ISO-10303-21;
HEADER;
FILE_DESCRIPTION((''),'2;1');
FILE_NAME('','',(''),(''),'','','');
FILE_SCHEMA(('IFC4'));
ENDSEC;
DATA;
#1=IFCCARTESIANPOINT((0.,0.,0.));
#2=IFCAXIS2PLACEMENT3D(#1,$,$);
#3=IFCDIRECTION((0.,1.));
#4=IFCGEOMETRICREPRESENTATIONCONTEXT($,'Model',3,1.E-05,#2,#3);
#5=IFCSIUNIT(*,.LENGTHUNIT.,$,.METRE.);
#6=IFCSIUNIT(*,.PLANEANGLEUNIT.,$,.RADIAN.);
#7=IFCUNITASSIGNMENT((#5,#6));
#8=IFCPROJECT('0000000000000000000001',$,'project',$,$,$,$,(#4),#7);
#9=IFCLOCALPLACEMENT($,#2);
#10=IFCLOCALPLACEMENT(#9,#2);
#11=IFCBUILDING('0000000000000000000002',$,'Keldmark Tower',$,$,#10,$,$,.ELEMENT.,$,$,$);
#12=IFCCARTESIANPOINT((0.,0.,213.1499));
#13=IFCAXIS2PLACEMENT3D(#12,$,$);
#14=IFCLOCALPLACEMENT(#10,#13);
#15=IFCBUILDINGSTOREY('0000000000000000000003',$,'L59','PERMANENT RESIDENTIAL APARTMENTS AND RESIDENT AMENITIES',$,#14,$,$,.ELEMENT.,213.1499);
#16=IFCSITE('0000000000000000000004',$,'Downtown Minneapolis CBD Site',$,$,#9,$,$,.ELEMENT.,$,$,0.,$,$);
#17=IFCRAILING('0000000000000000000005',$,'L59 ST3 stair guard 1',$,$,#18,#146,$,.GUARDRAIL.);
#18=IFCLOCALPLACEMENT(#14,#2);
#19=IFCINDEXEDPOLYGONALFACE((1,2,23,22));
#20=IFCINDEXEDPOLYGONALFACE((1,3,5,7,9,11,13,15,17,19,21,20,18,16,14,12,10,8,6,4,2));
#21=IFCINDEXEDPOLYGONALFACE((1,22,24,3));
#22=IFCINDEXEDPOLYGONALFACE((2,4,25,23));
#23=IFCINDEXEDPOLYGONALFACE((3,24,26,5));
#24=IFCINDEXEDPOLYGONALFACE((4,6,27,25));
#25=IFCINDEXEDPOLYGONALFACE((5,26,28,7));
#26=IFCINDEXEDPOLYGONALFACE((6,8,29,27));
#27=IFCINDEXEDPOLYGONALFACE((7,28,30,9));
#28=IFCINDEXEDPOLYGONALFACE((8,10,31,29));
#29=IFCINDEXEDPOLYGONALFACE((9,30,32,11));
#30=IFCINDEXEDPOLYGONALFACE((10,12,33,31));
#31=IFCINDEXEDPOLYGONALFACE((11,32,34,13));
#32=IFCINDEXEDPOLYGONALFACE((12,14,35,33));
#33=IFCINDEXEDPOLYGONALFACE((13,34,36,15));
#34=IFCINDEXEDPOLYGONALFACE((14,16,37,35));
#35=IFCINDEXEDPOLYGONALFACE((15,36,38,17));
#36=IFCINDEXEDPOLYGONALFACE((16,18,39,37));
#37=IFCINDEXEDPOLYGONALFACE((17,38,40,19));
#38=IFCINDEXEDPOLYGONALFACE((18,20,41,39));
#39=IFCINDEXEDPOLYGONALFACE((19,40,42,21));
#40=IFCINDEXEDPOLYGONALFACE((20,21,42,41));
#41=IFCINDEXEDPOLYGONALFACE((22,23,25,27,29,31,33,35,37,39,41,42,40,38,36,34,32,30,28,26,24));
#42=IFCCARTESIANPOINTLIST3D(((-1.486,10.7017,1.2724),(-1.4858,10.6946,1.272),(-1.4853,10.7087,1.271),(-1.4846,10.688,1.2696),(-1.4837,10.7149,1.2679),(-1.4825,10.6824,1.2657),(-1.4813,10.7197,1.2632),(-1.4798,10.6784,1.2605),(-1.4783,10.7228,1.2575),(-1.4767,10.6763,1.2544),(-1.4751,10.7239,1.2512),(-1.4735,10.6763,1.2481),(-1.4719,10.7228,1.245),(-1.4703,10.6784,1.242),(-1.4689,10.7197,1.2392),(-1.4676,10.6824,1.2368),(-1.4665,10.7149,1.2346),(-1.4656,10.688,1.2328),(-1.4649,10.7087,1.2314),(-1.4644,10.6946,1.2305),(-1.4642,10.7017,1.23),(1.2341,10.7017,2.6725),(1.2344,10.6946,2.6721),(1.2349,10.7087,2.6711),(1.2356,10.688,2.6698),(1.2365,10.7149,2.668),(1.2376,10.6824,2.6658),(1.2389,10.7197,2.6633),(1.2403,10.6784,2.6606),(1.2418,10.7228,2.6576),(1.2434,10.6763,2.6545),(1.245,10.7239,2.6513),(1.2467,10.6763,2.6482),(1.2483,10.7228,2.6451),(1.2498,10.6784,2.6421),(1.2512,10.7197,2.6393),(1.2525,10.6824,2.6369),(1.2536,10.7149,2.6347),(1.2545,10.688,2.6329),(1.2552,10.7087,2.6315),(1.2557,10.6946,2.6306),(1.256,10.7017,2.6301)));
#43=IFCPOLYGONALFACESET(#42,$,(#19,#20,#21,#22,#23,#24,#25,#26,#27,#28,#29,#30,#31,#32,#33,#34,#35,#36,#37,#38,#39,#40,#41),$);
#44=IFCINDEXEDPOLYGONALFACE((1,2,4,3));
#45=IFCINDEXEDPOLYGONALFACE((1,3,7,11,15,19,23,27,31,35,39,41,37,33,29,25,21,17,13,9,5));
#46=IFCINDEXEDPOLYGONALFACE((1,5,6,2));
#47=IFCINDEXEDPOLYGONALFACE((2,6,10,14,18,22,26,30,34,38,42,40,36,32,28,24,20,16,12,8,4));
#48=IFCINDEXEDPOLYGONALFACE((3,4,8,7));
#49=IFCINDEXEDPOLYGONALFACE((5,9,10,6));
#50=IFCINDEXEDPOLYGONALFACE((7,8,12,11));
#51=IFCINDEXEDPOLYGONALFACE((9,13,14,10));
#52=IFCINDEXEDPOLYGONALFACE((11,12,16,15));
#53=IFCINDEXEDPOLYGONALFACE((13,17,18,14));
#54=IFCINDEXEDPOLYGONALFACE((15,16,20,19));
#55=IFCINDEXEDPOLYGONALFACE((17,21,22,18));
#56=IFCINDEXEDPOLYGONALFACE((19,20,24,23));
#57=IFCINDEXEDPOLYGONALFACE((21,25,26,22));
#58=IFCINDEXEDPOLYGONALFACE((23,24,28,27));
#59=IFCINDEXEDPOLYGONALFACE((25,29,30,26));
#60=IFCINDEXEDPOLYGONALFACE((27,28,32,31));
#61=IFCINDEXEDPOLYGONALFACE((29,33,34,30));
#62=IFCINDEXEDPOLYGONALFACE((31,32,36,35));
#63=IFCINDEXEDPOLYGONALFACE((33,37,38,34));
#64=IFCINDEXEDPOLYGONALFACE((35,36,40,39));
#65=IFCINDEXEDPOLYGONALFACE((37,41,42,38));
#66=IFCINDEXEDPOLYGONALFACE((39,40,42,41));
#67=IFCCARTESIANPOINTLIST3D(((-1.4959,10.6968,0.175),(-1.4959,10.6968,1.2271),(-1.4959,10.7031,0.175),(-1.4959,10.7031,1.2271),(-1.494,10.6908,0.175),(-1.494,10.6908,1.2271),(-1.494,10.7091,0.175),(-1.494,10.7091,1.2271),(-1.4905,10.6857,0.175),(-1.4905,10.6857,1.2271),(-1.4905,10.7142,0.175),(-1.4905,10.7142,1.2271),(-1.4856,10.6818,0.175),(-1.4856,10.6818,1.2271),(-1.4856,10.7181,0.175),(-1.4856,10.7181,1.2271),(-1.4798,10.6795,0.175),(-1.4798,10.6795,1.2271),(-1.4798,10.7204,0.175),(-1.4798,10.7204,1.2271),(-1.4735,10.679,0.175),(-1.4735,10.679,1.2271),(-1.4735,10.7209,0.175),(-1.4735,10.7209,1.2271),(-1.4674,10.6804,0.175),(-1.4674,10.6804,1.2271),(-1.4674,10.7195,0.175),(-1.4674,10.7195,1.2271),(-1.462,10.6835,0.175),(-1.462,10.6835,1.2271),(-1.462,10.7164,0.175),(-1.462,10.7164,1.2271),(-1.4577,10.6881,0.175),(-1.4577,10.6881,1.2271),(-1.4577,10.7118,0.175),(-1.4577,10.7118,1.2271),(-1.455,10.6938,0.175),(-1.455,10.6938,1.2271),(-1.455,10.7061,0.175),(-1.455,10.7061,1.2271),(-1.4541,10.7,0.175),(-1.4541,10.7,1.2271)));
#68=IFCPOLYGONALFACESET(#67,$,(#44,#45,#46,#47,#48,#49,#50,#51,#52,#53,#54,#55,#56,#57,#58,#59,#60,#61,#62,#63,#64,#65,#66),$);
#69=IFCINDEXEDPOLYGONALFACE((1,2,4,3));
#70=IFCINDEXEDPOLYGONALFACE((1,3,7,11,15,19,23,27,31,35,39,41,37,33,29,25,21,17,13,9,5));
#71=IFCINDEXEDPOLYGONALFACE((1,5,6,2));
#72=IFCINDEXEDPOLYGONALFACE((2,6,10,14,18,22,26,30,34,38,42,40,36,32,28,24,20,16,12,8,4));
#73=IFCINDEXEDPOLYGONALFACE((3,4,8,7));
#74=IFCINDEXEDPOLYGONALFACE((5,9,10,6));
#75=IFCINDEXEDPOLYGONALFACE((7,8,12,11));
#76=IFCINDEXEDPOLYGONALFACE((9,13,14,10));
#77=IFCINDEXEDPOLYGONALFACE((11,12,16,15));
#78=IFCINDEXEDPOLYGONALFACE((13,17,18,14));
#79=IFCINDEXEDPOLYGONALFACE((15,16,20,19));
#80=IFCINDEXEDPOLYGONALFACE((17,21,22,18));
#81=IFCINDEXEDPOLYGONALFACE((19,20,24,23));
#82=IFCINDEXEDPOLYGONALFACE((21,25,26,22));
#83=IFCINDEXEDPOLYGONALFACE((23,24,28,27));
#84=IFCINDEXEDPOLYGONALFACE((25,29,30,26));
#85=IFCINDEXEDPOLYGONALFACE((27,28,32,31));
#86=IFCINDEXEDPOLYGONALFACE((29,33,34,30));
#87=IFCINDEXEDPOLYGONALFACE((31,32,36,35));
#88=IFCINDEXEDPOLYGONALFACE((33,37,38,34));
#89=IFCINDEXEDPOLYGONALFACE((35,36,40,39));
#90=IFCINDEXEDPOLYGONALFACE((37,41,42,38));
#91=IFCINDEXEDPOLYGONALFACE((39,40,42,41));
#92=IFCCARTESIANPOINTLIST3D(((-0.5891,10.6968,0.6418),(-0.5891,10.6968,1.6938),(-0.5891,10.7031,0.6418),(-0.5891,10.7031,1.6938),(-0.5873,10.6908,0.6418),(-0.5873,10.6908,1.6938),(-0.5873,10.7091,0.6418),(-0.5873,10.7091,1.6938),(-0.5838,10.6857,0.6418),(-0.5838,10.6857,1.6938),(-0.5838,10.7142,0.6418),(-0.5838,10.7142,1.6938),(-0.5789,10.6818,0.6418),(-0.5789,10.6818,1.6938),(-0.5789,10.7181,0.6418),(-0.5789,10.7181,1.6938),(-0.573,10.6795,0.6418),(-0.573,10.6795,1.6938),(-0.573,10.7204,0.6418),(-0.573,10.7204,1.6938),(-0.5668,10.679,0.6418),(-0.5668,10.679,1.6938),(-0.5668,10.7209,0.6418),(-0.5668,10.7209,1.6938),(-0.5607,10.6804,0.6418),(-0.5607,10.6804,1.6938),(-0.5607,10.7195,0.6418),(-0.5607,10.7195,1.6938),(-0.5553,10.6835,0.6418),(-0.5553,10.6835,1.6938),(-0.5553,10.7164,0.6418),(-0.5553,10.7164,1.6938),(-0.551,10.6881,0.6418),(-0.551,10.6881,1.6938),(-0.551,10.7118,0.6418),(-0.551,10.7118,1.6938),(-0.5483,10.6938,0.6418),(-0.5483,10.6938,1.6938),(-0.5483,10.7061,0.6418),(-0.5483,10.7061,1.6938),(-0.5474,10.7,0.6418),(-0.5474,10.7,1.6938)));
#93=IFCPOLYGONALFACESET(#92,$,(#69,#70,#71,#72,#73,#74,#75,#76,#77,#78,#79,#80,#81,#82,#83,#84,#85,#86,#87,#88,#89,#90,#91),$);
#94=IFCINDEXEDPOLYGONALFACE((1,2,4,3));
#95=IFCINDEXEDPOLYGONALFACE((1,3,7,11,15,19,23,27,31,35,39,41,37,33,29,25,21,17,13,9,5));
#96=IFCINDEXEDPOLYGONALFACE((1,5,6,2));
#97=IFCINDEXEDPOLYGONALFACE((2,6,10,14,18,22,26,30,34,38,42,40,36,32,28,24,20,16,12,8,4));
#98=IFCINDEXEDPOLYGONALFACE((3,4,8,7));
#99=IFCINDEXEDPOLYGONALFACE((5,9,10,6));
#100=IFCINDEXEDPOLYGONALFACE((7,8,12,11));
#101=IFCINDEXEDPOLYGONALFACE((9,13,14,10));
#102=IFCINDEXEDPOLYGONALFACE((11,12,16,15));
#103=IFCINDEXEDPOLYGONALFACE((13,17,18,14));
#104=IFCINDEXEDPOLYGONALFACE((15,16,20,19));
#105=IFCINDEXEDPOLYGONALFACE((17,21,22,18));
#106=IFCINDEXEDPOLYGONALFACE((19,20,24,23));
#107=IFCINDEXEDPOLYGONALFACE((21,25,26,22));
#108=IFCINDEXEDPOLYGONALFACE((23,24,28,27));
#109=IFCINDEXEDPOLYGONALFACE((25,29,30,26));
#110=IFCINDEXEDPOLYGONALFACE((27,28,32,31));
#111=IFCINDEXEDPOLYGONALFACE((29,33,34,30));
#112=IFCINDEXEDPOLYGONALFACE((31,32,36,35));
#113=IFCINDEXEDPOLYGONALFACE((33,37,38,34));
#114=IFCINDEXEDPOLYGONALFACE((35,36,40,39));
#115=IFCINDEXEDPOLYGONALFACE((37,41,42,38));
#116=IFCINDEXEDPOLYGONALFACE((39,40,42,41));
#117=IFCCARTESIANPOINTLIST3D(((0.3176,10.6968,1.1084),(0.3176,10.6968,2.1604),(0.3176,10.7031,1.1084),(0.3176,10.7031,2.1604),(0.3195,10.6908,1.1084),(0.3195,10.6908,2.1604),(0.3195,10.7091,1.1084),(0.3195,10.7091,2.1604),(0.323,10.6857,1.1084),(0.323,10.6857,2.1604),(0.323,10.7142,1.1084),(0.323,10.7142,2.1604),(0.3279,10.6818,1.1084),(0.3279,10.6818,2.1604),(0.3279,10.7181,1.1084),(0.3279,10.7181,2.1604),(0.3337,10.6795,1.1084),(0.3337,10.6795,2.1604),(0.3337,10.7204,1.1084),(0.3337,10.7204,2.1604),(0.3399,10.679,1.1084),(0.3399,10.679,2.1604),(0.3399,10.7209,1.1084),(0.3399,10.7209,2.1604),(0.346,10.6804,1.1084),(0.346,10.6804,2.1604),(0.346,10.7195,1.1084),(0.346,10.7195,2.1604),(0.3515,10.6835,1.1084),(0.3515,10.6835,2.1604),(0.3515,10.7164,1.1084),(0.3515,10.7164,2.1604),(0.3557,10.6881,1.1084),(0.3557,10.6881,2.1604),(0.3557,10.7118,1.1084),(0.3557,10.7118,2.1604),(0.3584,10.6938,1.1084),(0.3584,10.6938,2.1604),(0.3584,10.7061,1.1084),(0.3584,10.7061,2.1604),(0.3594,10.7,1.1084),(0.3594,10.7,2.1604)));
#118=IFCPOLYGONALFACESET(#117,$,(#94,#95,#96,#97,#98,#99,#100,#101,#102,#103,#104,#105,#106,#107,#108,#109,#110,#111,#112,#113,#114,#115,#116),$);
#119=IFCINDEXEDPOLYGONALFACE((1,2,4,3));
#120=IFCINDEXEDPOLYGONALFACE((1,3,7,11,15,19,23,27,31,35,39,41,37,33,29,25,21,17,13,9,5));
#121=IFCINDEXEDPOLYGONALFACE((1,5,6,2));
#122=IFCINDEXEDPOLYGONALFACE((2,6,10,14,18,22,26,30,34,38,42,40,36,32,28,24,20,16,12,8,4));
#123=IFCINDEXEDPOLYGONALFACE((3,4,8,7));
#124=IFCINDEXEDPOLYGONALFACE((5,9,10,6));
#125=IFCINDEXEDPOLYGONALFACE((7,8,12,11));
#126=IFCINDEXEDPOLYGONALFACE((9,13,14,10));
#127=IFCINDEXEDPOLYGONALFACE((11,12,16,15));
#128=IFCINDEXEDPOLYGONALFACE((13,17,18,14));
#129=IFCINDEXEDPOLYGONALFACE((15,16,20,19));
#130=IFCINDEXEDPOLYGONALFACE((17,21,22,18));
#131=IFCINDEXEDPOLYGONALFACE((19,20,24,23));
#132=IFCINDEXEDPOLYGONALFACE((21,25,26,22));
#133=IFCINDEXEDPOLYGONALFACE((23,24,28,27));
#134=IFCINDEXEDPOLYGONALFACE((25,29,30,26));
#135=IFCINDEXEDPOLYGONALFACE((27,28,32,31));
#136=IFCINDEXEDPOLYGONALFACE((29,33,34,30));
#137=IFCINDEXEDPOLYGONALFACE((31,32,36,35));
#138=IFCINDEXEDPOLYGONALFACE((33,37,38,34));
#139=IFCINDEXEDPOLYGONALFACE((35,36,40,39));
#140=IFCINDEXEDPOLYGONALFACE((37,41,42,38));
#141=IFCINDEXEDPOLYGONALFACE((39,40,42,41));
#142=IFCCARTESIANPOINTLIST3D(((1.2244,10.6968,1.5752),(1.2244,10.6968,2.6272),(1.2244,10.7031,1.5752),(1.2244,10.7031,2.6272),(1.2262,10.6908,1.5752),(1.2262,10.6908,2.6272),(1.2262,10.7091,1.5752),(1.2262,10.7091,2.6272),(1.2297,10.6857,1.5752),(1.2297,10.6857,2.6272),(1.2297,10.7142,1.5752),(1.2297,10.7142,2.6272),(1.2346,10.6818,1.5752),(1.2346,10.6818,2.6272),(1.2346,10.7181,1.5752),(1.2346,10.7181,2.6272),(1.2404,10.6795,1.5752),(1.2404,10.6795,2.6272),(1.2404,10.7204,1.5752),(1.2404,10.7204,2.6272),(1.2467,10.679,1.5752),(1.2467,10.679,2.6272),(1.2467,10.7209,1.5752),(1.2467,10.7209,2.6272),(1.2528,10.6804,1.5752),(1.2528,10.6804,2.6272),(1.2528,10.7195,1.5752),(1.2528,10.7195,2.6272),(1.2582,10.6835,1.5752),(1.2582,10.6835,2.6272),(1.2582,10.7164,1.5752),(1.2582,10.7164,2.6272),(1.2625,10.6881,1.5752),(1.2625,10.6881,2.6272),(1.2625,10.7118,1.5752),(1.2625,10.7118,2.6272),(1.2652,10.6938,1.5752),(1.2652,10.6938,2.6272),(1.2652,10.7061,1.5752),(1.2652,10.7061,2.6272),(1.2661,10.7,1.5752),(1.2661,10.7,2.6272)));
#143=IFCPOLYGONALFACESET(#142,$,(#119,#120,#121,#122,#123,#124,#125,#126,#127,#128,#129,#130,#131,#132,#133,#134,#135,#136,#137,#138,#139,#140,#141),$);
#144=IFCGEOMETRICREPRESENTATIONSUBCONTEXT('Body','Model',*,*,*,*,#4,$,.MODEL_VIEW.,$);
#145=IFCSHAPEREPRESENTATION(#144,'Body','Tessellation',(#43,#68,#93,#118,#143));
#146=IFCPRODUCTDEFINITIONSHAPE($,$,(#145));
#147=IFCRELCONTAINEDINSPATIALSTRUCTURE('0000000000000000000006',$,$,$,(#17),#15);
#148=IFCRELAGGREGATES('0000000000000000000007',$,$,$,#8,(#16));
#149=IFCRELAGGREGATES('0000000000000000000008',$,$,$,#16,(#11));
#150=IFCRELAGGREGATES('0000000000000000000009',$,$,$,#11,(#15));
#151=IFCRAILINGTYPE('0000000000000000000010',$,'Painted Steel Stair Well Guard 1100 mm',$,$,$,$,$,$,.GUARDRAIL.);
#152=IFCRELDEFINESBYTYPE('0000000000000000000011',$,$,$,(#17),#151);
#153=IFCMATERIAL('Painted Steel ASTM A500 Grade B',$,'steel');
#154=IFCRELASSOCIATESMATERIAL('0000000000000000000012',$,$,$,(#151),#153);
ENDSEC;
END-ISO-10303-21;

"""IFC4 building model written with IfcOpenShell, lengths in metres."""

from ifc_helpers import new_model, si_unit, direction, frame, origin, origin_2d, place, context, subcontext, project, spatial, circle, extrude, material, type_object, element, save


model = new_model("IFC4")

# Units and contexts
model_context = context("Model", 3, precision=1e-05, world=origin(), true_north=direction((0.0, 1.0)))
body_context = subcontext(model_context, "Body", "Model", "MODEL_VIEW")
ifc_project = project(units=[si_unit("LENGTHUNIT", "METRE"), si_unit("PLANEANGLEUNIT", "RADIAN")], contexts=[model_context])

# Site, building, storey
site_placement = place(None, origin())
site = spatial("IfcSite", under=ifc_project, at=site_placement, Name="Downtown Minneapolis CBD Site", CompositionType="ELEMENT", RefElevation=0.0)
building_placement = place(site_placement, origin())
building = spatial("IfcBuilding", under=site, at=building_placement, Name="Keldmark Tower", CompositionType="ELEMENT")
storey_placement = place(building_placement, frame((0.0, 0.0, 213.1499)))
storey = spatial("IfcBuildingStorey", under=building, at=storey_placement, Name="L59", Description="PERMANENT RESIDENTIAL APARTMENTS AND RESIDENT AMENITIES", CompositionType="ELEMENT", Elevation=213.1499)

# Railing
ifc_material_1 = material(Name="Painted Steel ASTM A500 Grade B", Category="steel")
railing_type_1 = type_object("IfcRailingType", Name="Painted Steel Stair Well Guard 1100 mm", PredefinedType="GUARDRAIL", material=ifc_material_1)
railing_1_placement = place(storey_placement, frame((-1.4751, 10.7, 0.175)))
element("IfcRailing", 1, at=railing_1_placement, inside=storey, type_object=railing_type_1, Name="L59 ST3 stair guard 1", PredefinedType="GUARDRAIL", context=body_context, shape_type="SweptSolid", body=[
    extrude(circle(Radius=0.0239, at=origin_2d()), frame((0.0, 0.0, 1.0762), z_axis=(0.889131, 0.0, 0.457653), x_axis=(0.0, 1.0, 0.0)), (0.0, 0.0, 1.0), 3.0593),
    extrude(circle(Radius=0.021, at=origin_2d()), origin(), (0.0, 0.0, 1.0), 1.052),
    extrude(circle(Radius=0.021, at=origin_2d()), frame((0.9067, 0.0, 0.4668)), (0.0, 0.0, 1.0), 1.052),
    extrude(circle(Radius=0.021, at=origin_2d()), frame((1.8135, 0.0, 0.9333)), (0.0, 0.0, 1.0), 1.052),
    extrude(circle(Radius=0.021, at=origin_2d()), frame((2.7202, 0.0, 1.4001)), (0.0, 0.0, 1.0), 1.052),
])

save(model, "model.ifc")
